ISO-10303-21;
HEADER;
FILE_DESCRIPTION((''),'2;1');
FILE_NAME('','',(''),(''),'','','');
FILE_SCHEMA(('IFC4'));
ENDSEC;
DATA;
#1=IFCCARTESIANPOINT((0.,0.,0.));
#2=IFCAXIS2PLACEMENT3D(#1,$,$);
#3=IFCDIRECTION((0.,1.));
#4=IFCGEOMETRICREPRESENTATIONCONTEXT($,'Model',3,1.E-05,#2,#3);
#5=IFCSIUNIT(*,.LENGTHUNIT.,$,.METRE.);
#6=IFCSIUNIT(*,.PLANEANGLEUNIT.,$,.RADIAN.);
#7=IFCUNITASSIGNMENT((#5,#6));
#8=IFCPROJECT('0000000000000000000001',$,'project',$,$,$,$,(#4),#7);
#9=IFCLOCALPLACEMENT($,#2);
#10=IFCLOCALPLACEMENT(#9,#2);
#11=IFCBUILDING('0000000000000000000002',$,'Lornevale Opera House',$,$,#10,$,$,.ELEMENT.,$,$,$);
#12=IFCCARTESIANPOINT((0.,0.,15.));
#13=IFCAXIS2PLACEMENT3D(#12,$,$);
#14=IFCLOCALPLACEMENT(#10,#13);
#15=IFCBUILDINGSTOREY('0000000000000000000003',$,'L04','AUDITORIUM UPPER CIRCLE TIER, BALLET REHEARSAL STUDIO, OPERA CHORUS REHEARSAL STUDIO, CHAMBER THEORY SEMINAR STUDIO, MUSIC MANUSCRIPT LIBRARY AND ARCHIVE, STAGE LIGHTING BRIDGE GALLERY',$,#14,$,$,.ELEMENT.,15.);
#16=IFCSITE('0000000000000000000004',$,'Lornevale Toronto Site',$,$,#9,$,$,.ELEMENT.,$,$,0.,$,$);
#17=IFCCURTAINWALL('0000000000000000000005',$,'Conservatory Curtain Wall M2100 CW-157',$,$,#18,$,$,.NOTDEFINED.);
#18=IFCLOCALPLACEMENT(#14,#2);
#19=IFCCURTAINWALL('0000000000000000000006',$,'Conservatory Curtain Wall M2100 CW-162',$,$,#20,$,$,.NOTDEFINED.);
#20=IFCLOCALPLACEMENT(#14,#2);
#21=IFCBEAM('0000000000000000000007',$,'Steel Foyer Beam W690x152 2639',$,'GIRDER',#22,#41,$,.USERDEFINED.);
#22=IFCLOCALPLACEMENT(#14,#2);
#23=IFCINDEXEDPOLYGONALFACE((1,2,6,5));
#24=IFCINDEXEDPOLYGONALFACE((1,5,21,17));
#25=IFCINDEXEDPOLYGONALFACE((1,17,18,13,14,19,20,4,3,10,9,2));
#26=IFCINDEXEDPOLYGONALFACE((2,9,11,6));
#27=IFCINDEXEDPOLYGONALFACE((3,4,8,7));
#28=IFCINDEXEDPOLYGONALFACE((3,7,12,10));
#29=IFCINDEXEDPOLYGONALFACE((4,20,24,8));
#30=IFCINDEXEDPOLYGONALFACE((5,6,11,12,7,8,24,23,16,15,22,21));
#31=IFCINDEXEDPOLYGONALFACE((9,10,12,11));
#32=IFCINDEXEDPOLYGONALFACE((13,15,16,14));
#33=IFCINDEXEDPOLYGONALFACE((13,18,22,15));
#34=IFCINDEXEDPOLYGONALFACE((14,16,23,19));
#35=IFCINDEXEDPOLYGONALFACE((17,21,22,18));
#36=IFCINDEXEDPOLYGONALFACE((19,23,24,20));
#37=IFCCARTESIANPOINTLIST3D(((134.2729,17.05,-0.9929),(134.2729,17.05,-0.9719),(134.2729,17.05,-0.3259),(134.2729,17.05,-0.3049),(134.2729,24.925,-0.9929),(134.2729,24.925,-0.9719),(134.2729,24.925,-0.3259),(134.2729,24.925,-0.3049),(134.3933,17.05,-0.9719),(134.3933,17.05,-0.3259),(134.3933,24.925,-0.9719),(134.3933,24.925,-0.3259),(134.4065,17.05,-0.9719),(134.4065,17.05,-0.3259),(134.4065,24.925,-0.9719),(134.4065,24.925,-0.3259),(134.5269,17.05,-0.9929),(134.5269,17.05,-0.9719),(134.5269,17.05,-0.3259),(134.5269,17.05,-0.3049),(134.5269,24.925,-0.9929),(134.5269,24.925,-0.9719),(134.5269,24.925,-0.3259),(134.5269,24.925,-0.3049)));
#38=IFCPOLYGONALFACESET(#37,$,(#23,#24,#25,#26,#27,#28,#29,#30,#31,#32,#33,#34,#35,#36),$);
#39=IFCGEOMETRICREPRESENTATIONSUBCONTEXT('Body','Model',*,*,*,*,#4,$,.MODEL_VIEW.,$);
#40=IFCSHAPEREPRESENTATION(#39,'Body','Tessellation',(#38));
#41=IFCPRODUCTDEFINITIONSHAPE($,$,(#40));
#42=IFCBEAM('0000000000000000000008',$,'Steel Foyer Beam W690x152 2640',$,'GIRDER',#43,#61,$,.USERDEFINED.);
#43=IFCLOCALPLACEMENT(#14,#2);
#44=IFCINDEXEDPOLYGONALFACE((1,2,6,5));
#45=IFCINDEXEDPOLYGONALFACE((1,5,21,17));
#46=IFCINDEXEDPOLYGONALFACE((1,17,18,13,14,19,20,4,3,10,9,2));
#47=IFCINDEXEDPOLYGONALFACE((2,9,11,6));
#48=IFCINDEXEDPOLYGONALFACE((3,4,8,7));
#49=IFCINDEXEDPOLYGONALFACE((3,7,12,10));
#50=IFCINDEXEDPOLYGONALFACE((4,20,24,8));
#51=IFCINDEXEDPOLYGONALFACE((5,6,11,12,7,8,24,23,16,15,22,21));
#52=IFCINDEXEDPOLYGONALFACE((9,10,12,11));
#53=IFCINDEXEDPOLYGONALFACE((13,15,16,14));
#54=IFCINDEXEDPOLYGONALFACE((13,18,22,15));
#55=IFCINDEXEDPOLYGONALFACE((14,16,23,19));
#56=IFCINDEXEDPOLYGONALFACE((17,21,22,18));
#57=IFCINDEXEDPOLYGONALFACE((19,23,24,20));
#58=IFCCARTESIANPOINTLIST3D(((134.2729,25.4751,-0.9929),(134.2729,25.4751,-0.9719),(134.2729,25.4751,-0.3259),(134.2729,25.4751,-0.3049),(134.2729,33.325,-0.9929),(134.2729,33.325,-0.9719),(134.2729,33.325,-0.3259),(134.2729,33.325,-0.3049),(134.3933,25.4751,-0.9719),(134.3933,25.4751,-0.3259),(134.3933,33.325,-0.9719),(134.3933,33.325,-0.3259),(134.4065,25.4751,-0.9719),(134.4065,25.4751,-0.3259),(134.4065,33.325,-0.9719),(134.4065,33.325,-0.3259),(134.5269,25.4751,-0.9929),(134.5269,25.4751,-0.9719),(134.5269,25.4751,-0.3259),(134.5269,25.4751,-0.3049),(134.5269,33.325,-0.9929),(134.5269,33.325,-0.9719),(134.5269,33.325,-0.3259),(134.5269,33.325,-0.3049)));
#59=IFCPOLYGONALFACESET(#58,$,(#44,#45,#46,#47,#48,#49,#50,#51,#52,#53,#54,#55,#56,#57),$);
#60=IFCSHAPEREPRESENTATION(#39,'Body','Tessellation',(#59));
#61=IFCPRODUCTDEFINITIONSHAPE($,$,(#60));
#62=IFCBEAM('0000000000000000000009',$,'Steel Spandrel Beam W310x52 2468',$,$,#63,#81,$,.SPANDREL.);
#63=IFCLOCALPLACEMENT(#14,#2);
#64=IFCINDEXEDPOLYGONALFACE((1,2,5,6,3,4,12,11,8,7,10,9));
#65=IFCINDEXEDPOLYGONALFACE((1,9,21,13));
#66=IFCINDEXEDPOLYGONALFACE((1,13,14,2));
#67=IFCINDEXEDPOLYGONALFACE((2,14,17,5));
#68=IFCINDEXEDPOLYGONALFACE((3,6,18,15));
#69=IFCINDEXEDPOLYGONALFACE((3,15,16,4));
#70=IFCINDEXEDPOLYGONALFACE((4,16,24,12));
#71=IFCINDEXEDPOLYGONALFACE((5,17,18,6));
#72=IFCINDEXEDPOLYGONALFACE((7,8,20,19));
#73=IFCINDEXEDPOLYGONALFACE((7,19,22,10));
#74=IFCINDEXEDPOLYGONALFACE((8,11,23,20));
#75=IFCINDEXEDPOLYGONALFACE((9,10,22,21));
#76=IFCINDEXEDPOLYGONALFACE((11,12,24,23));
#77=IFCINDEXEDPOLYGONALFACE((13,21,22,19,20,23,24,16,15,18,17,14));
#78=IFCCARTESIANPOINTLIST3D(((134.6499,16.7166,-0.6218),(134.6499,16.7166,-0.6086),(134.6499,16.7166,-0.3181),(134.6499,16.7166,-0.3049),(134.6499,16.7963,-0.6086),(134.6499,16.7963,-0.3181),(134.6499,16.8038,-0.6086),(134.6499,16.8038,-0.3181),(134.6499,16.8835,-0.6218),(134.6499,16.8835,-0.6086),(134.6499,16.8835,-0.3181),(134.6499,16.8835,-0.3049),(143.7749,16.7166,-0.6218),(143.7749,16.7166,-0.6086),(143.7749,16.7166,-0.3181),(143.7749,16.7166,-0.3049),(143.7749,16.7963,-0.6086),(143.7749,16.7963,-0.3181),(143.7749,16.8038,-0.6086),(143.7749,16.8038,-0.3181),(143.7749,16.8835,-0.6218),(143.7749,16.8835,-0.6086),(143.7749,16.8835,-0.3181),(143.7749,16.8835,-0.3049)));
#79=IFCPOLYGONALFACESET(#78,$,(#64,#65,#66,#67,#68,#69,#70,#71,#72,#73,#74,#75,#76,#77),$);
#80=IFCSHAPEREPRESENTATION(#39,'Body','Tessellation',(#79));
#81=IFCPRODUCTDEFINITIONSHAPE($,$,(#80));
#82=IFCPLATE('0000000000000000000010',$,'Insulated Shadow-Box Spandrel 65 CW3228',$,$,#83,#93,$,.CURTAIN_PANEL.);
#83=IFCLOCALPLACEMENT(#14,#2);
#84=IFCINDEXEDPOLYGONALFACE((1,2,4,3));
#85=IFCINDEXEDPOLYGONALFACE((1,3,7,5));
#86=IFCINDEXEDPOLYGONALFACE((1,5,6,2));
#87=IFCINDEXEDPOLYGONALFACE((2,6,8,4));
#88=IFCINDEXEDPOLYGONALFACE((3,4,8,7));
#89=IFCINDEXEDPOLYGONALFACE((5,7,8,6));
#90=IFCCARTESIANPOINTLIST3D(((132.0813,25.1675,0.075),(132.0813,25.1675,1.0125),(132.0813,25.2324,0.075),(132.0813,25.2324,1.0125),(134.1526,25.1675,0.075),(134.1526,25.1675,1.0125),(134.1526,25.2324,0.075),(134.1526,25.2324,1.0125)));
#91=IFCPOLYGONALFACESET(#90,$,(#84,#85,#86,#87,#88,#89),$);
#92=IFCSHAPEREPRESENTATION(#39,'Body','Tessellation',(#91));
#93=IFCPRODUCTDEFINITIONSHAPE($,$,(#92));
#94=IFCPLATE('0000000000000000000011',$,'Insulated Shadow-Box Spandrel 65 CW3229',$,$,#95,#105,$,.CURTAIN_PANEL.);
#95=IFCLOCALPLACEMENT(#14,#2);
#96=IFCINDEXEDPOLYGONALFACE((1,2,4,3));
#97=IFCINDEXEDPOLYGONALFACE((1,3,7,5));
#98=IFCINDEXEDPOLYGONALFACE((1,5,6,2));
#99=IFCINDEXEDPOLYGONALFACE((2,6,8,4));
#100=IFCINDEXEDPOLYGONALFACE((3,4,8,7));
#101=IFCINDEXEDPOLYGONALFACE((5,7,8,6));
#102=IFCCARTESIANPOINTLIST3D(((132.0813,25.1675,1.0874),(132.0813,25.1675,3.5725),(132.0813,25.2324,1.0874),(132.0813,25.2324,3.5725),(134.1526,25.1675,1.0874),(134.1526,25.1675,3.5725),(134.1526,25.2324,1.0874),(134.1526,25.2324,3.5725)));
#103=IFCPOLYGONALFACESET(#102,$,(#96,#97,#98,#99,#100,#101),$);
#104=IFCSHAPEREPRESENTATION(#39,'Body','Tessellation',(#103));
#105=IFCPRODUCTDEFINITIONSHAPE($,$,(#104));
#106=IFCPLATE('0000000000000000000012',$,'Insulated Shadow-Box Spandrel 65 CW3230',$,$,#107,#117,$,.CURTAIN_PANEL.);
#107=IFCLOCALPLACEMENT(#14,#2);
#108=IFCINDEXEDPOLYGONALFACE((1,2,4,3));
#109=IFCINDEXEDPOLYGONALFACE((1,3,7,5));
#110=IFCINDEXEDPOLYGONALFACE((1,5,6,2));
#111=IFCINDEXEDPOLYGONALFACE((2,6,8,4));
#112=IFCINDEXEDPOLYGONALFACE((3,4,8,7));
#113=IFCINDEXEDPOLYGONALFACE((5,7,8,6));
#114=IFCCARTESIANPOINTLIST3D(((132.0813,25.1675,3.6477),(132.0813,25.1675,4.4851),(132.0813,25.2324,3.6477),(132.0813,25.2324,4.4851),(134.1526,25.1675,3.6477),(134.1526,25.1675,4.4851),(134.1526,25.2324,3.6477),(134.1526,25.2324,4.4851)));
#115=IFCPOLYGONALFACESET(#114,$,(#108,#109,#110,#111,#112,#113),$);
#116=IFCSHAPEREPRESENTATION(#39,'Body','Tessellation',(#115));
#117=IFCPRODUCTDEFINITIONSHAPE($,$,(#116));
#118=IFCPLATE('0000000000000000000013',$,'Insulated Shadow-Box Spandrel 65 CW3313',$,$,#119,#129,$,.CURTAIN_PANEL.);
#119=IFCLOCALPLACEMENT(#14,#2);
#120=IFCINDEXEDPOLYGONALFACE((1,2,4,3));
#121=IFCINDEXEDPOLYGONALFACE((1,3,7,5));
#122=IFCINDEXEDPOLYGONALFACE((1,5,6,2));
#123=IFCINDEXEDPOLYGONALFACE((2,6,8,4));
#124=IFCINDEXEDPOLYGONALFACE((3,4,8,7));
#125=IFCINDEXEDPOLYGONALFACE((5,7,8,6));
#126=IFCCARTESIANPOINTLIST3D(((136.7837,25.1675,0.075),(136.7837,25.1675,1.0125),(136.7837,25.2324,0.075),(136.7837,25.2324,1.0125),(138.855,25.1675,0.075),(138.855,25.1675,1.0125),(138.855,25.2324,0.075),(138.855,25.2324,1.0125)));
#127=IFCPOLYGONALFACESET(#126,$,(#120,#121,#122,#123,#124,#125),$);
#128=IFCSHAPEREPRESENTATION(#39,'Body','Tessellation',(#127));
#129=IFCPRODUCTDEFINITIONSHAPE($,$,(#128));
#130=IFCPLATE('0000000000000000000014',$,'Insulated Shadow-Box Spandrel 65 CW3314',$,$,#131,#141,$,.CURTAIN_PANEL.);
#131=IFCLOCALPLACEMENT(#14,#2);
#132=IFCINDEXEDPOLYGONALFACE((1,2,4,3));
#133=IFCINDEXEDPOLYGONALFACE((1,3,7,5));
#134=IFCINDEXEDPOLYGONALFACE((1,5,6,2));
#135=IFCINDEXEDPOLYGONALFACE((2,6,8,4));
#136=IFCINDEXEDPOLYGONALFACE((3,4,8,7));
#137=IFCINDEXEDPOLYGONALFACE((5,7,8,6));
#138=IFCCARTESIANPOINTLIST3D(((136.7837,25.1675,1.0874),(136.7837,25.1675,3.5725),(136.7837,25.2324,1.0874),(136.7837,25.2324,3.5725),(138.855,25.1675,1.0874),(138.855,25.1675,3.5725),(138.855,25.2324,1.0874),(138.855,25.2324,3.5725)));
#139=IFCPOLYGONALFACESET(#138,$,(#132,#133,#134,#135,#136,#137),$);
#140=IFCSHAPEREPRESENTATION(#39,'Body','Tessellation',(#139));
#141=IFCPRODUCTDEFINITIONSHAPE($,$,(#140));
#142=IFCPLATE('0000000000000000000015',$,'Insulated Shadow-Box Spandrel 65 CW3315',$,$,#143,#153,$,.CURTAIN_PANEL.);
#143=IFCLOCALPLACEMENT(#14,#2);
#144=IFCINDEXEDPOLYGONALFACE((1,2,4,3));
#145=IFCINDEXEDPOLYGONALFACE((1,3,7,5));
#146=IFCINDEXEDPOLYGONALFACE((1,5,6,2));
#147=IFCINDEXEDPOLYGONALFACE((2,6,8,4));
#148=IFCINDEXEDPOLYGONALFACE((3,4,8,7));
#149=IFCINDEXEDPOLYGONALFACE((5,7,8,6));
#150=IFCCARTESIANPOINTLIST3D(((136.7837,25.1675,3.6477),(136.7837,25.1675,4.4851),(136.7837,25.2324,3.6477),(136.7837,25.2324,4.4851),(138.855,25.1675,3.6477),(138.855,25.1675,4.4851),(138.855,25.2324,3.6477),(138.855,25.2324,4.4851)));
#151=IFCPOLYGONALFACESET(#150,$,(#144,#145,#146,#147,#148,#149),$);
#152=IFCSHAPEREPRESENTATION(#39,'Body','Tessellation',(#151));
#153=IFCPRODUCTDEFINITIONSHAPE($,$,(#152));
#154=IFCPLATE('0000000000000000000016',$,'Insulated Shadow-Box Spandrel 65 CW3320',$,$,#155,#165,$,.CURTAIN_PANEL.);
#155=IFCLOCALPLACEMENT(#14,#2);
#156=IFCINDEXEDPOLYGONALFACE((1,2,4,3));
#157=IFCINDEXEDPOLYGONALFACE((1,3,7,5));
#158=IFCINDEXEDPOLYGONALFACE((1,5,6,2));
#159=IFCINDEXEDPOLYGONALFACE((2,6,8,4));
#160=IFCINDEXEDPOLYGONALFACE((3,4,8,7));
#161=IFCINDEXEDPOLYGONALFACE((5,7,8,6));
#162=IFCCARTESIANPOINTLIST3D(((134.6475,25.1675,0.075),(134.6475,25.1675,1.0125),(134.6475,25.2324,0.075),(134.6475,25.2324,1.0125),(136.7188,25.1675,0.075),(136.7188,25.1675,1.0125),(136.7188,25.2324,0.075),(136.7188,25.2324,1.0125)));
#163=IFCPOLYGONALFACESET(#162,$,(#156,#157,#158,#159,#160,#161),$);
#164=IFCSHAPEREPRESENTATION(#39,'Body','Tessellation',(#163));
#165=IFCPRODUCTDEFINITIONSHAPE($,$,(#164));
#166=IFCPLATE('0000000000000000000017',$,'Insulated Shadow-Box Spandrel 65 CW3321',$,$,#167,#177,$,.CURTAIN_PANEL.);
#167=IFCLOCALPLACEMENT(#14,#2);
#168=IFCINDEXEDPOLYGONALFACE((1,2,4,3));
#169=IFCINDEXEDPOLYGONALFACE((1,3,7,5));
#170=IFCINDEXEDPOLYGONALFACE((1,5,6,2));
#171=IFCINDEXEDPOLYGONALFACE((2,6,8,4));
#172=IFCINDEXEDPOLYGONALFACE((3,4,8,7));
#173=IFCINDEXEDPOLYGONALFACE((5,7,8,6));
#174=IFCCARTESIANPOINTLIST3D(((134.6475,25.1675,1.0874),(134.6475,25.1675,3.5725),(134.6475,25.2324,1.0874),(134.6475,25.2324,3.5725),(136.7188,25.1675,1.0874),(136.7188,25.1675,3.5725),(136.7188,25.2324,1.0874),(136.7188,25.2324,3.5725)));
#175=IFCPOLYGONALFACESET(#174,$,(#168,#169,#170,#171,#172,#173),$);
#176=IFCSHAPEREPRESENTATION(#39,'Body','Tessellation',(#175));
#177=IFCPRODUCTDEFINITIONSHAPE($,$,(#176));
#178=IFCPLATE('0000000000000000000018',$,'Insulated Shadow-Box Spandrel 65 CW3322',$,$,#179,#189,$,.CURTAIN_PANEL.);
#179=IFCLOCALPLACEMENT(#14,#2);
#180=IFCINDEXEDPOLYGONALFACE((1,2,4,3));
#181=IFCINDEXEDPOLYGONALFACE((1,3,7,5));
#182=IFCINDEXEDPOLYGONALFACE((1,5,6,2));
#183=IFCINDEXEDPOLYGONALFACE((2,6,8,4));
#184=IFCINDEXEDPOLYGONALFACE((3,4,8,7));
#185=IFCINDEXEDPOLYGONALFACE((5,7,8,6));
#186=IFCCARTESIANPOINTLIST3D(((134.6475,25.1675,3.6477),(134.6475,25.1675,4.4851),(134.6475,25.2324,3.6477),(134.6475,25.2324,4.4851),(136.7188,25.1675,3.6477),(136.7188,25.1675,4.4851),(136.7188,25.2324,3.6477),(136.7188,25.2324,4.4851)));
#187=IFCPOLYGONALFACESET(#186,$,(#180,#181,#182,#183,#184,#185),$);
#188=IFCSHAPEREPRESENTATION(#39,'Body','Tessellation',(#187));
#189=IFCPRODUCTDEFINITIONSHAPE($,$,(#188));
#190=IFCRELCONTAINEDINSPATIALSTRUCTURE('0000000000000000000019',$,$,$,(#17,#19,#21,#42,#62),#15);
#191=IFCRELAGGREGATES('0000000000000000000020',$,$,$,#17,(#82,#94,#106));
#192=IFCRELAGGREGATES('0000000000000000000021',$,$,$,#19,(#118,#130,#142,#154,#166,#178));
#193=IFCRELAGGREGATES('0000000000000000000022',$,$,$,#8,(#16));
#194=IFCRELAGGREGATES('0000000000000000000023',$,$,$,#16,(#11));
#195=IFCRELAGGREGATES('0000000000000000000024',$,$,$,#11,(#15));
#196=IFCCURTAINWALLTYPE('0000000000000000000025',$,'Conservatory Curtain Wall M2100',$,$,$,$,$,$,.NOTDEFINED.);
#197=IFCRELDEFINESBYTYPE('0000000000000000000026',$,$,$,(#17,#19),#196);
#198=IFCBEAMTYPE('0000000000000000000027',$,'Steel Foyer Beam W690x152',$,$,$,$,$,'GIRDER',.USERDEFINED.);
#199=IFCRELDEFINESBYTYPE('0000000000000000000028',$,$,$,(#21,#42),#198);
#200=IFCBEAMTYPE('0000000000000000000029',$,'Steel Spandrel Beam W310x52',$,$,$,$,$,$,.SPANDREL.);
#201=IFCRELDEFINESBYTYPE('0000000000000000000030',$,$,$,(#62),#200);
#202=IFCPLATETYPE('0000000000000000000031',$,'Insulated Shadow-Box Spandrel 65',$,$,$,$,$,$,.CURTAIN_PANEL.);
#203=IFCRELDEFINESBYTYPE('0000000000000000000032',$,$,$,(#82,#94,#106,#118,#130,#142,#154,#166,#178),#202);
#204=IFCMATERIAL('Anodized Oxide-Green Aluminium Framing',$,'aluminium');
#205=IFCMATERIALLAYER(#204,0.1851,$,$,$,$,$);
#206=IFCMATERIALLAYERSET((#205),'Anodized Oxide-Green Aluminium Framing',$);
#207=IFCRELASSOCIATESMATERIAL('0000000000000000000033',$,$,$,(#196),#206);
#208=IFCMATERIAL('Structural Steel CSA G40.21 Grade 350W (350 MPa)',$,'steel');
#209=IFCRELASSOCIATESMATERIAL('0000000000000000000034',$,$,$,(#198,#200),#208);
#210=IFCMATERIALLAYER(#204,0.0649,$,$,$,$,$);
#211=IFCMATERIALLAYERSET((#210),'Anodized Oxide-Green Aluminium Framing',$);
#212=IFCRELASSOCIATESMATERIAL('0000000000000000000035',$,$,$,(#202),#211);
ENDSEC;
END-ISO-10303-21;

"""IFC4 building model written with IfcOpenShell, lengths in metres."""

from ifc_helpers import new_model, si_unit, direction, frame, origin, origin_2d, place, context, subcontext, project, spatial, rectangle, i_section, extrude, material, layer, layer_set, material_profile, profile_set, type_object, element, aggregate, save


model = new_model("IFC4")

# Units and contexts
model_context = context("Model", 3, precision=1e-05, world=origin(), true_north=direction((0.0, 1.0)))
body_context = subcontext(model_context, "Body", "Model", "MODEL_VIEW")
ifc_project = project(units=[si_unit("LENGTHUNIT", "METRE"), si_unit("PLANEANGLEUNIT", "RADIAN")], contexts=[model_context])

# Site, building, storey
site_placement = place(None, origin())
site = spatial("IfcSite", under=ifc_project, at=site_placement, Name="Lornevale Toronto Site", CompositionType="ELEMENT", RefElevation=0.0)
building_placement = place(site_placement, origin())
building = spatial("IfcBuilding", under=site, at=building_placement, Name="Lornevale Opera House", CompositionType="ELEMENT")
storey_placement = place(building_placement, frame((0.0, 0.0, 15.0)))
storey = spatial("IfcBuildingStorey", under=building, at=storey_placement, Name="L04", Description="AUDITORIUM UPPER CIRCLE TIER, BALLET REHEARSAL STUDIO, OPERA CHORUS REHEARSAL STUDIO, CHAMBER THEORY SEMINAR STUDIO, MUSIC MANUSCRIPT LIBRARY AND ARCHIVE, STAGE LIGHTING BRIDGE GALLERY", CompositionType="ELEMENT", Elevation=15.0)

# Shared definitions
ifc_material_1 = material(Name="Structural Steel CSA G40.21 Grade 350W (350 MPa)", Category="steel")

# Curtain walls
ifc_material_2 = material(Name="Anodized Oxide-Green Aluminium Framing", Category="aluminium")
ifc_layer_1 = layer(ifc_material_2, 0.1851)
ifc_layer_set_1 = layer_set([ifc_layer_1], Name="Anodized Oxide-Green Aluminium Framing")
curtain_wall_type = type_object("IfcCurtainWallType", Name="Conservatory Curtain Wall M2100", PredefinedType="NOTDEFINED", material=ifc_layer_set_1)
curtain_wall_1_placement = place(storey_placement, origin())
curtain_wall_1 = element("IfcCurtainWall", 1, at=curtain_wall_1_placement, inside=storey, type_object=curtain_wall_type, Name="Conservatory Curtain Wall M2100 CW-157", PredefinedType="NOTDEFINED")
curtain_wall_2_placement = place(storey_placement, origin())
curtain_wall_2 = element("IfcCurtainWall", 2, at=curtain_wall_2_placement, inside=storey, type_object=curtain_wall_type, Name="Conservatory Curtain Wall M2100 CW-162", PredefinedType="NOTDEFINED")

# Beams
ifc_material_profile_1 = material_profile(ifc_material_1, i_section(OverallWidth=0.2539, OverallDepth=0.688, WebThickness=0.0132, FlangeThickness=0.021, at=origin_2d()), Name="W690x152")
ifc_profile_set_1 = profile_set([ifc_material_profile_1], Name="Structural Steel CSA G40.21 Grade 350W (350 MPa)")
beam_type_1 = type_object("IfcBeamType", Name="Steel Foyer Beam W690x152", ElementType="GIRDER", PredefinedType="USERDEFINED", material=ifc_profile_set_1)
beam_1_placement = place(storey_placement, frame((134.3999, 17.05, -0.6489), z_axis=(0.0, 1.0, 0.0), x_axis=(-1.0, 0.0, 0.0)))
element("IfcBeam", 3, at=beam_1_placement, inside=storey, type_object=beam_type_1, Name="Steel Foyer Beam W690x152 2639", ObjectType="GIRDER", PredefinedType="USERDEFINED", context=body_context, shape_type="SweptSolid", body=[
    extrude(i_section(OverallWidth=0.2539, OverallDepth=0.688, WebThickness=0.0132, FlangeThickness=0.021, at=origin_2d()), origin(), (0.0, 0.0, 1.0), 7.875),
])
beam_2_placement = place(storey_placement, frame((134.3999, 25.4751, -0.6489), z_axis=(0.0, 1.0, 0.0), x_axis=(-1.0, 0.0, 0.0)))
element("IfcBeam", 4, at=beam_2_placement, inside=storey, type_object=beam_type_1, Name="Steel Foyer Beam W690x152 2640", ObjectType="GIRDER", PredefinedType="USERDEFINED", context=body_context, shape_type="SweptSolid", body=[
    extrude(i_section(OverallWidth=0.2539, OverallDepth=0.688, WebThickness=0.0132, FlangeThickness=0.021, at=origin_2d()), origin(), (0.0, 0.0, 1.0), 7.8499),
])
ifc_material_profile_2 = material_profile(ifc_material_1, i_section(OverallWidth=0.167, OverallDepth=0.3169, WebThickness=0.0076, FlangeThickness=0.0132, at=origin_2d()), Name="W310x52")
ifc_profile_set_2 = profile_set([ifc_material_profile_2], Name="Structural Steel CSA G40.21 Grade 350W (350 MPa)")
beam_type_2 = type_object("IfcBeamType", Name="Steel Spandrel Beam W310x52", PredefinedType="SPANDREL", material=ifc_profile_set_2)
beam_3_placement = place(storey_placement, frame((134.6499, 16.8, -0.4634), z_axis=(1.0, 0.0, 0.0), x_axis=(0.0, 1.0, 0.0)))
element("IfcBeam", 5, at=beam_3_placement, inside=storey, type_object=beam_type_2, Name="Steel Spandrel Beam W310x52 2468", PredefinedType="SPANDREL", context=body_context, shape_type="SweptSolid", body=[
    extrude(i_section(OverallWidth=0.167, OverallDepth=0.3169, WebThickness=0.0076, FlangeThickness=0.0132, at=origin_2d()), origin(), (0.0, 0.0, 1.0), 9.125),
])

# Plates
ifc_layer_2 = layer(ifc_material_2, 0.0649)
ifc_layer_set_2 = layer_set([ifc_layer_2], Name="Anodized Oxide-Green Aluminium Framing")
plate_type = type_object("IfcPlateType", Name="Insulated Shadow-Box Spandrel 65", PredefinedType="CURTAIN_PANEL", material=ifc_layer_set_2)
plate_1_placement = place(storey_placement, frame((133.1169, 25.2, 0.075), z_axis=(0.0, 0.0, 1.0), x_axis=(-1.0, 0.0, 0.0)))
plate_1 = element("IfcPlate", 6, at=plate_1_placement, type_object=plate_type, Name="Insulated Shadow-Box Spandrel 65 CW3228", PredefinedType="CURTAIN_PANEL", context=body_context, shape_type="SweptSolid", body=[
    extrude(rectangle(XDim=2.0713, YDim=0.0649, at=origin_2d()), origin(), (0.0, 0.0, 1.0), 0.9375),
])
plate_2_placement = place(storey_placement, frame((133.1169, 25.2, 1.0874), z_axis=(0.0, 0.0, 1.0), x_axis=(-1.0, 0.0, 0.0)))
plate_2 = element("IfcPlate", 7, at=plate_2_placement, type_object=plate_type, Name="Insulated Shadow-Box Spandrel 65 CW3229", PredefinedType="CURTAIN_PANEL", context=body_context, shape_type="SweptSolid", body=[
    extrude(rectangle(XDim=2.0713, YDim=0.0649, at=origin_2d()), origin(), (0.0, 0.0, 1.0), 2.4851),
])
plate_3_placement = place(storey_placement, frame((133.1169, 25.2, 3.6477), z_axis=(0.0, 0.0, 1.0), x_axis=(-1.0, 0.0, 0.0)))
plate_3 = element("IfcPlate", 8, at=plate_3_placement, type_object=plate_type, Name="Insulated Shadow-Box Spandrel 65 CW3230", PredefinedType="CURTAIN_PANEL", context=body_context, shape_type="SweptSolid", body=[
    extrude(rectangle(XDim=2.0713, YDim=0.0649, at=origin_2d()), origin(), (0.0, 0.0, 1.0), 0.8374),
])
aggregate(curtain_wall_1, [plate_1, plate_2, plate_3])
plate_4_placement = place(storey_placement, frame((137.8193, 25.2, 0.075), z_axis=(0.0, 0.0, 1.0), x_axis=(-1.0, 0.0, 0.0)))
plate_4 = element("IfcPlate", 9, at=plate_4_placement, type_object=plate_type, Name="Insulated Shadow-Box Spandrel 65 CW3313", PredefinedType="CURTAIN_PANEL", context=body_context, shape_type="SweptSolid", body=[
    extrude(rectangle(XDim=2.0713, YDim=0.0649, at=origin_2d()), origin(), (0.0, 0.0, 1.0), 0.9375),
])
plate_5_placement = place(storey_placement, frame((137.8193, 25.2, 1.0874), z_axis=(0.0, 0.0, 1.0), x_axis=(-1.0, 0.0, 0.0)))
plate_5 = element("IfcPlate", 10, at=plate_5_placement, type_object=plate_type, Name="Insulated Shadow-Box Spandrel 65 CW3314", PredefinedType="CURTAIN_PANEL", context=body_context, shape_type="SweptSolid", body=[
    extrude(rectangle(XDim=2.0713, YDim=0.0649, at=origin_2d()), origin(), (0.0, 0.0, 1.0), 2.4851),
])
plate_6_placement = place(storey_placement, frame((137.8193, 25.2, 3.6477), z_axis=(0.0, 0.0, 1.0), x_axis=(-1.0, 0.0, 0.0)))
plate_6 = element("IfcPlate", 11, at=plate_6_placement, type_object=plate_type, Name="Insulated Shadow-Box Spandrel 65 CW3315", PredefinedType="CURTAIN_PANEL", context=body_context, shape_type="SweptSolid", body=[
    extrude(rectangle(XDim=2.0713, YDim=0.0649, at=origin_2d()), origin(), (0.0, 0.0, 1.0), 0.8374),
])
plate_7_placement = place(storey_placement, frame((135.6831, 25.2, 0.075), z_axis=(0.0, 0.0, 1.0), x_axis=(-1.0, 0.0, 0.0)))
plate_7 = element("IfcPlate", 12, at=plate_7_placement, type_object=plate_type, Name="Insulated Shadow-Box Spandrel 65 CW3320", PredefinedType="CURTAIN_PANEL", context=body_context, shape_type="SweptSolid", body=[
    extrude(rectangle(XDim=2.0713, YDim=0.0649, at=origin_2d()), origin(), (0.0, 0.0, 1.0), 0.9375),
])
plate_8_placement = place(storey_placement, frame((135.6831, 25.2, 1.0874), z_axis=(0.0, 0.0, 1.0), x_axis=(-1.0, 0.0, 0.0)))
plate_8 = element("IfcPlate", 13, at=plate_8_placement, type_object=plate_type, Name="Insulated Shadow-Box Spandrel 65 CW3321", PredefinedType="CURTAIN_PANEL", context=body_context, shape_type="SweptSolid", body=[
    extrude(rectangle(XDim=2.0713, YDim=0.0649, at=origin_2d()), origin(), (0.0, 0.0, 1.0), 2.4851),
])
plate_9_placement = place(storey_placement, frame((135.6831, 25.2, 3.6477), z_axis=(0.0, 0.0, 1.0), x_axis=(-1.0, 0.0, 0.0)))
plate_9 = element("IfcPlate", 14, at=plate_9_placement, type_object=plate_type, Name="Insulated Shadow-Box Spandrel 65 CW3322", PredefinedType="CURTAIN_PANEL", context=body_context, shape_type="SweptSolid", body=[
    extrude(rectangle(XDim=2.0713, YDim=0.0649, at=origin_2d()), origin(), (0.0, 0.0, 1.0), 0.8374),
])
aggregate(curtain_wall_2, [plate_4, plate_5, plate_6, plate_7, plate_8, plate_9])

save(model, "model.ifc")
